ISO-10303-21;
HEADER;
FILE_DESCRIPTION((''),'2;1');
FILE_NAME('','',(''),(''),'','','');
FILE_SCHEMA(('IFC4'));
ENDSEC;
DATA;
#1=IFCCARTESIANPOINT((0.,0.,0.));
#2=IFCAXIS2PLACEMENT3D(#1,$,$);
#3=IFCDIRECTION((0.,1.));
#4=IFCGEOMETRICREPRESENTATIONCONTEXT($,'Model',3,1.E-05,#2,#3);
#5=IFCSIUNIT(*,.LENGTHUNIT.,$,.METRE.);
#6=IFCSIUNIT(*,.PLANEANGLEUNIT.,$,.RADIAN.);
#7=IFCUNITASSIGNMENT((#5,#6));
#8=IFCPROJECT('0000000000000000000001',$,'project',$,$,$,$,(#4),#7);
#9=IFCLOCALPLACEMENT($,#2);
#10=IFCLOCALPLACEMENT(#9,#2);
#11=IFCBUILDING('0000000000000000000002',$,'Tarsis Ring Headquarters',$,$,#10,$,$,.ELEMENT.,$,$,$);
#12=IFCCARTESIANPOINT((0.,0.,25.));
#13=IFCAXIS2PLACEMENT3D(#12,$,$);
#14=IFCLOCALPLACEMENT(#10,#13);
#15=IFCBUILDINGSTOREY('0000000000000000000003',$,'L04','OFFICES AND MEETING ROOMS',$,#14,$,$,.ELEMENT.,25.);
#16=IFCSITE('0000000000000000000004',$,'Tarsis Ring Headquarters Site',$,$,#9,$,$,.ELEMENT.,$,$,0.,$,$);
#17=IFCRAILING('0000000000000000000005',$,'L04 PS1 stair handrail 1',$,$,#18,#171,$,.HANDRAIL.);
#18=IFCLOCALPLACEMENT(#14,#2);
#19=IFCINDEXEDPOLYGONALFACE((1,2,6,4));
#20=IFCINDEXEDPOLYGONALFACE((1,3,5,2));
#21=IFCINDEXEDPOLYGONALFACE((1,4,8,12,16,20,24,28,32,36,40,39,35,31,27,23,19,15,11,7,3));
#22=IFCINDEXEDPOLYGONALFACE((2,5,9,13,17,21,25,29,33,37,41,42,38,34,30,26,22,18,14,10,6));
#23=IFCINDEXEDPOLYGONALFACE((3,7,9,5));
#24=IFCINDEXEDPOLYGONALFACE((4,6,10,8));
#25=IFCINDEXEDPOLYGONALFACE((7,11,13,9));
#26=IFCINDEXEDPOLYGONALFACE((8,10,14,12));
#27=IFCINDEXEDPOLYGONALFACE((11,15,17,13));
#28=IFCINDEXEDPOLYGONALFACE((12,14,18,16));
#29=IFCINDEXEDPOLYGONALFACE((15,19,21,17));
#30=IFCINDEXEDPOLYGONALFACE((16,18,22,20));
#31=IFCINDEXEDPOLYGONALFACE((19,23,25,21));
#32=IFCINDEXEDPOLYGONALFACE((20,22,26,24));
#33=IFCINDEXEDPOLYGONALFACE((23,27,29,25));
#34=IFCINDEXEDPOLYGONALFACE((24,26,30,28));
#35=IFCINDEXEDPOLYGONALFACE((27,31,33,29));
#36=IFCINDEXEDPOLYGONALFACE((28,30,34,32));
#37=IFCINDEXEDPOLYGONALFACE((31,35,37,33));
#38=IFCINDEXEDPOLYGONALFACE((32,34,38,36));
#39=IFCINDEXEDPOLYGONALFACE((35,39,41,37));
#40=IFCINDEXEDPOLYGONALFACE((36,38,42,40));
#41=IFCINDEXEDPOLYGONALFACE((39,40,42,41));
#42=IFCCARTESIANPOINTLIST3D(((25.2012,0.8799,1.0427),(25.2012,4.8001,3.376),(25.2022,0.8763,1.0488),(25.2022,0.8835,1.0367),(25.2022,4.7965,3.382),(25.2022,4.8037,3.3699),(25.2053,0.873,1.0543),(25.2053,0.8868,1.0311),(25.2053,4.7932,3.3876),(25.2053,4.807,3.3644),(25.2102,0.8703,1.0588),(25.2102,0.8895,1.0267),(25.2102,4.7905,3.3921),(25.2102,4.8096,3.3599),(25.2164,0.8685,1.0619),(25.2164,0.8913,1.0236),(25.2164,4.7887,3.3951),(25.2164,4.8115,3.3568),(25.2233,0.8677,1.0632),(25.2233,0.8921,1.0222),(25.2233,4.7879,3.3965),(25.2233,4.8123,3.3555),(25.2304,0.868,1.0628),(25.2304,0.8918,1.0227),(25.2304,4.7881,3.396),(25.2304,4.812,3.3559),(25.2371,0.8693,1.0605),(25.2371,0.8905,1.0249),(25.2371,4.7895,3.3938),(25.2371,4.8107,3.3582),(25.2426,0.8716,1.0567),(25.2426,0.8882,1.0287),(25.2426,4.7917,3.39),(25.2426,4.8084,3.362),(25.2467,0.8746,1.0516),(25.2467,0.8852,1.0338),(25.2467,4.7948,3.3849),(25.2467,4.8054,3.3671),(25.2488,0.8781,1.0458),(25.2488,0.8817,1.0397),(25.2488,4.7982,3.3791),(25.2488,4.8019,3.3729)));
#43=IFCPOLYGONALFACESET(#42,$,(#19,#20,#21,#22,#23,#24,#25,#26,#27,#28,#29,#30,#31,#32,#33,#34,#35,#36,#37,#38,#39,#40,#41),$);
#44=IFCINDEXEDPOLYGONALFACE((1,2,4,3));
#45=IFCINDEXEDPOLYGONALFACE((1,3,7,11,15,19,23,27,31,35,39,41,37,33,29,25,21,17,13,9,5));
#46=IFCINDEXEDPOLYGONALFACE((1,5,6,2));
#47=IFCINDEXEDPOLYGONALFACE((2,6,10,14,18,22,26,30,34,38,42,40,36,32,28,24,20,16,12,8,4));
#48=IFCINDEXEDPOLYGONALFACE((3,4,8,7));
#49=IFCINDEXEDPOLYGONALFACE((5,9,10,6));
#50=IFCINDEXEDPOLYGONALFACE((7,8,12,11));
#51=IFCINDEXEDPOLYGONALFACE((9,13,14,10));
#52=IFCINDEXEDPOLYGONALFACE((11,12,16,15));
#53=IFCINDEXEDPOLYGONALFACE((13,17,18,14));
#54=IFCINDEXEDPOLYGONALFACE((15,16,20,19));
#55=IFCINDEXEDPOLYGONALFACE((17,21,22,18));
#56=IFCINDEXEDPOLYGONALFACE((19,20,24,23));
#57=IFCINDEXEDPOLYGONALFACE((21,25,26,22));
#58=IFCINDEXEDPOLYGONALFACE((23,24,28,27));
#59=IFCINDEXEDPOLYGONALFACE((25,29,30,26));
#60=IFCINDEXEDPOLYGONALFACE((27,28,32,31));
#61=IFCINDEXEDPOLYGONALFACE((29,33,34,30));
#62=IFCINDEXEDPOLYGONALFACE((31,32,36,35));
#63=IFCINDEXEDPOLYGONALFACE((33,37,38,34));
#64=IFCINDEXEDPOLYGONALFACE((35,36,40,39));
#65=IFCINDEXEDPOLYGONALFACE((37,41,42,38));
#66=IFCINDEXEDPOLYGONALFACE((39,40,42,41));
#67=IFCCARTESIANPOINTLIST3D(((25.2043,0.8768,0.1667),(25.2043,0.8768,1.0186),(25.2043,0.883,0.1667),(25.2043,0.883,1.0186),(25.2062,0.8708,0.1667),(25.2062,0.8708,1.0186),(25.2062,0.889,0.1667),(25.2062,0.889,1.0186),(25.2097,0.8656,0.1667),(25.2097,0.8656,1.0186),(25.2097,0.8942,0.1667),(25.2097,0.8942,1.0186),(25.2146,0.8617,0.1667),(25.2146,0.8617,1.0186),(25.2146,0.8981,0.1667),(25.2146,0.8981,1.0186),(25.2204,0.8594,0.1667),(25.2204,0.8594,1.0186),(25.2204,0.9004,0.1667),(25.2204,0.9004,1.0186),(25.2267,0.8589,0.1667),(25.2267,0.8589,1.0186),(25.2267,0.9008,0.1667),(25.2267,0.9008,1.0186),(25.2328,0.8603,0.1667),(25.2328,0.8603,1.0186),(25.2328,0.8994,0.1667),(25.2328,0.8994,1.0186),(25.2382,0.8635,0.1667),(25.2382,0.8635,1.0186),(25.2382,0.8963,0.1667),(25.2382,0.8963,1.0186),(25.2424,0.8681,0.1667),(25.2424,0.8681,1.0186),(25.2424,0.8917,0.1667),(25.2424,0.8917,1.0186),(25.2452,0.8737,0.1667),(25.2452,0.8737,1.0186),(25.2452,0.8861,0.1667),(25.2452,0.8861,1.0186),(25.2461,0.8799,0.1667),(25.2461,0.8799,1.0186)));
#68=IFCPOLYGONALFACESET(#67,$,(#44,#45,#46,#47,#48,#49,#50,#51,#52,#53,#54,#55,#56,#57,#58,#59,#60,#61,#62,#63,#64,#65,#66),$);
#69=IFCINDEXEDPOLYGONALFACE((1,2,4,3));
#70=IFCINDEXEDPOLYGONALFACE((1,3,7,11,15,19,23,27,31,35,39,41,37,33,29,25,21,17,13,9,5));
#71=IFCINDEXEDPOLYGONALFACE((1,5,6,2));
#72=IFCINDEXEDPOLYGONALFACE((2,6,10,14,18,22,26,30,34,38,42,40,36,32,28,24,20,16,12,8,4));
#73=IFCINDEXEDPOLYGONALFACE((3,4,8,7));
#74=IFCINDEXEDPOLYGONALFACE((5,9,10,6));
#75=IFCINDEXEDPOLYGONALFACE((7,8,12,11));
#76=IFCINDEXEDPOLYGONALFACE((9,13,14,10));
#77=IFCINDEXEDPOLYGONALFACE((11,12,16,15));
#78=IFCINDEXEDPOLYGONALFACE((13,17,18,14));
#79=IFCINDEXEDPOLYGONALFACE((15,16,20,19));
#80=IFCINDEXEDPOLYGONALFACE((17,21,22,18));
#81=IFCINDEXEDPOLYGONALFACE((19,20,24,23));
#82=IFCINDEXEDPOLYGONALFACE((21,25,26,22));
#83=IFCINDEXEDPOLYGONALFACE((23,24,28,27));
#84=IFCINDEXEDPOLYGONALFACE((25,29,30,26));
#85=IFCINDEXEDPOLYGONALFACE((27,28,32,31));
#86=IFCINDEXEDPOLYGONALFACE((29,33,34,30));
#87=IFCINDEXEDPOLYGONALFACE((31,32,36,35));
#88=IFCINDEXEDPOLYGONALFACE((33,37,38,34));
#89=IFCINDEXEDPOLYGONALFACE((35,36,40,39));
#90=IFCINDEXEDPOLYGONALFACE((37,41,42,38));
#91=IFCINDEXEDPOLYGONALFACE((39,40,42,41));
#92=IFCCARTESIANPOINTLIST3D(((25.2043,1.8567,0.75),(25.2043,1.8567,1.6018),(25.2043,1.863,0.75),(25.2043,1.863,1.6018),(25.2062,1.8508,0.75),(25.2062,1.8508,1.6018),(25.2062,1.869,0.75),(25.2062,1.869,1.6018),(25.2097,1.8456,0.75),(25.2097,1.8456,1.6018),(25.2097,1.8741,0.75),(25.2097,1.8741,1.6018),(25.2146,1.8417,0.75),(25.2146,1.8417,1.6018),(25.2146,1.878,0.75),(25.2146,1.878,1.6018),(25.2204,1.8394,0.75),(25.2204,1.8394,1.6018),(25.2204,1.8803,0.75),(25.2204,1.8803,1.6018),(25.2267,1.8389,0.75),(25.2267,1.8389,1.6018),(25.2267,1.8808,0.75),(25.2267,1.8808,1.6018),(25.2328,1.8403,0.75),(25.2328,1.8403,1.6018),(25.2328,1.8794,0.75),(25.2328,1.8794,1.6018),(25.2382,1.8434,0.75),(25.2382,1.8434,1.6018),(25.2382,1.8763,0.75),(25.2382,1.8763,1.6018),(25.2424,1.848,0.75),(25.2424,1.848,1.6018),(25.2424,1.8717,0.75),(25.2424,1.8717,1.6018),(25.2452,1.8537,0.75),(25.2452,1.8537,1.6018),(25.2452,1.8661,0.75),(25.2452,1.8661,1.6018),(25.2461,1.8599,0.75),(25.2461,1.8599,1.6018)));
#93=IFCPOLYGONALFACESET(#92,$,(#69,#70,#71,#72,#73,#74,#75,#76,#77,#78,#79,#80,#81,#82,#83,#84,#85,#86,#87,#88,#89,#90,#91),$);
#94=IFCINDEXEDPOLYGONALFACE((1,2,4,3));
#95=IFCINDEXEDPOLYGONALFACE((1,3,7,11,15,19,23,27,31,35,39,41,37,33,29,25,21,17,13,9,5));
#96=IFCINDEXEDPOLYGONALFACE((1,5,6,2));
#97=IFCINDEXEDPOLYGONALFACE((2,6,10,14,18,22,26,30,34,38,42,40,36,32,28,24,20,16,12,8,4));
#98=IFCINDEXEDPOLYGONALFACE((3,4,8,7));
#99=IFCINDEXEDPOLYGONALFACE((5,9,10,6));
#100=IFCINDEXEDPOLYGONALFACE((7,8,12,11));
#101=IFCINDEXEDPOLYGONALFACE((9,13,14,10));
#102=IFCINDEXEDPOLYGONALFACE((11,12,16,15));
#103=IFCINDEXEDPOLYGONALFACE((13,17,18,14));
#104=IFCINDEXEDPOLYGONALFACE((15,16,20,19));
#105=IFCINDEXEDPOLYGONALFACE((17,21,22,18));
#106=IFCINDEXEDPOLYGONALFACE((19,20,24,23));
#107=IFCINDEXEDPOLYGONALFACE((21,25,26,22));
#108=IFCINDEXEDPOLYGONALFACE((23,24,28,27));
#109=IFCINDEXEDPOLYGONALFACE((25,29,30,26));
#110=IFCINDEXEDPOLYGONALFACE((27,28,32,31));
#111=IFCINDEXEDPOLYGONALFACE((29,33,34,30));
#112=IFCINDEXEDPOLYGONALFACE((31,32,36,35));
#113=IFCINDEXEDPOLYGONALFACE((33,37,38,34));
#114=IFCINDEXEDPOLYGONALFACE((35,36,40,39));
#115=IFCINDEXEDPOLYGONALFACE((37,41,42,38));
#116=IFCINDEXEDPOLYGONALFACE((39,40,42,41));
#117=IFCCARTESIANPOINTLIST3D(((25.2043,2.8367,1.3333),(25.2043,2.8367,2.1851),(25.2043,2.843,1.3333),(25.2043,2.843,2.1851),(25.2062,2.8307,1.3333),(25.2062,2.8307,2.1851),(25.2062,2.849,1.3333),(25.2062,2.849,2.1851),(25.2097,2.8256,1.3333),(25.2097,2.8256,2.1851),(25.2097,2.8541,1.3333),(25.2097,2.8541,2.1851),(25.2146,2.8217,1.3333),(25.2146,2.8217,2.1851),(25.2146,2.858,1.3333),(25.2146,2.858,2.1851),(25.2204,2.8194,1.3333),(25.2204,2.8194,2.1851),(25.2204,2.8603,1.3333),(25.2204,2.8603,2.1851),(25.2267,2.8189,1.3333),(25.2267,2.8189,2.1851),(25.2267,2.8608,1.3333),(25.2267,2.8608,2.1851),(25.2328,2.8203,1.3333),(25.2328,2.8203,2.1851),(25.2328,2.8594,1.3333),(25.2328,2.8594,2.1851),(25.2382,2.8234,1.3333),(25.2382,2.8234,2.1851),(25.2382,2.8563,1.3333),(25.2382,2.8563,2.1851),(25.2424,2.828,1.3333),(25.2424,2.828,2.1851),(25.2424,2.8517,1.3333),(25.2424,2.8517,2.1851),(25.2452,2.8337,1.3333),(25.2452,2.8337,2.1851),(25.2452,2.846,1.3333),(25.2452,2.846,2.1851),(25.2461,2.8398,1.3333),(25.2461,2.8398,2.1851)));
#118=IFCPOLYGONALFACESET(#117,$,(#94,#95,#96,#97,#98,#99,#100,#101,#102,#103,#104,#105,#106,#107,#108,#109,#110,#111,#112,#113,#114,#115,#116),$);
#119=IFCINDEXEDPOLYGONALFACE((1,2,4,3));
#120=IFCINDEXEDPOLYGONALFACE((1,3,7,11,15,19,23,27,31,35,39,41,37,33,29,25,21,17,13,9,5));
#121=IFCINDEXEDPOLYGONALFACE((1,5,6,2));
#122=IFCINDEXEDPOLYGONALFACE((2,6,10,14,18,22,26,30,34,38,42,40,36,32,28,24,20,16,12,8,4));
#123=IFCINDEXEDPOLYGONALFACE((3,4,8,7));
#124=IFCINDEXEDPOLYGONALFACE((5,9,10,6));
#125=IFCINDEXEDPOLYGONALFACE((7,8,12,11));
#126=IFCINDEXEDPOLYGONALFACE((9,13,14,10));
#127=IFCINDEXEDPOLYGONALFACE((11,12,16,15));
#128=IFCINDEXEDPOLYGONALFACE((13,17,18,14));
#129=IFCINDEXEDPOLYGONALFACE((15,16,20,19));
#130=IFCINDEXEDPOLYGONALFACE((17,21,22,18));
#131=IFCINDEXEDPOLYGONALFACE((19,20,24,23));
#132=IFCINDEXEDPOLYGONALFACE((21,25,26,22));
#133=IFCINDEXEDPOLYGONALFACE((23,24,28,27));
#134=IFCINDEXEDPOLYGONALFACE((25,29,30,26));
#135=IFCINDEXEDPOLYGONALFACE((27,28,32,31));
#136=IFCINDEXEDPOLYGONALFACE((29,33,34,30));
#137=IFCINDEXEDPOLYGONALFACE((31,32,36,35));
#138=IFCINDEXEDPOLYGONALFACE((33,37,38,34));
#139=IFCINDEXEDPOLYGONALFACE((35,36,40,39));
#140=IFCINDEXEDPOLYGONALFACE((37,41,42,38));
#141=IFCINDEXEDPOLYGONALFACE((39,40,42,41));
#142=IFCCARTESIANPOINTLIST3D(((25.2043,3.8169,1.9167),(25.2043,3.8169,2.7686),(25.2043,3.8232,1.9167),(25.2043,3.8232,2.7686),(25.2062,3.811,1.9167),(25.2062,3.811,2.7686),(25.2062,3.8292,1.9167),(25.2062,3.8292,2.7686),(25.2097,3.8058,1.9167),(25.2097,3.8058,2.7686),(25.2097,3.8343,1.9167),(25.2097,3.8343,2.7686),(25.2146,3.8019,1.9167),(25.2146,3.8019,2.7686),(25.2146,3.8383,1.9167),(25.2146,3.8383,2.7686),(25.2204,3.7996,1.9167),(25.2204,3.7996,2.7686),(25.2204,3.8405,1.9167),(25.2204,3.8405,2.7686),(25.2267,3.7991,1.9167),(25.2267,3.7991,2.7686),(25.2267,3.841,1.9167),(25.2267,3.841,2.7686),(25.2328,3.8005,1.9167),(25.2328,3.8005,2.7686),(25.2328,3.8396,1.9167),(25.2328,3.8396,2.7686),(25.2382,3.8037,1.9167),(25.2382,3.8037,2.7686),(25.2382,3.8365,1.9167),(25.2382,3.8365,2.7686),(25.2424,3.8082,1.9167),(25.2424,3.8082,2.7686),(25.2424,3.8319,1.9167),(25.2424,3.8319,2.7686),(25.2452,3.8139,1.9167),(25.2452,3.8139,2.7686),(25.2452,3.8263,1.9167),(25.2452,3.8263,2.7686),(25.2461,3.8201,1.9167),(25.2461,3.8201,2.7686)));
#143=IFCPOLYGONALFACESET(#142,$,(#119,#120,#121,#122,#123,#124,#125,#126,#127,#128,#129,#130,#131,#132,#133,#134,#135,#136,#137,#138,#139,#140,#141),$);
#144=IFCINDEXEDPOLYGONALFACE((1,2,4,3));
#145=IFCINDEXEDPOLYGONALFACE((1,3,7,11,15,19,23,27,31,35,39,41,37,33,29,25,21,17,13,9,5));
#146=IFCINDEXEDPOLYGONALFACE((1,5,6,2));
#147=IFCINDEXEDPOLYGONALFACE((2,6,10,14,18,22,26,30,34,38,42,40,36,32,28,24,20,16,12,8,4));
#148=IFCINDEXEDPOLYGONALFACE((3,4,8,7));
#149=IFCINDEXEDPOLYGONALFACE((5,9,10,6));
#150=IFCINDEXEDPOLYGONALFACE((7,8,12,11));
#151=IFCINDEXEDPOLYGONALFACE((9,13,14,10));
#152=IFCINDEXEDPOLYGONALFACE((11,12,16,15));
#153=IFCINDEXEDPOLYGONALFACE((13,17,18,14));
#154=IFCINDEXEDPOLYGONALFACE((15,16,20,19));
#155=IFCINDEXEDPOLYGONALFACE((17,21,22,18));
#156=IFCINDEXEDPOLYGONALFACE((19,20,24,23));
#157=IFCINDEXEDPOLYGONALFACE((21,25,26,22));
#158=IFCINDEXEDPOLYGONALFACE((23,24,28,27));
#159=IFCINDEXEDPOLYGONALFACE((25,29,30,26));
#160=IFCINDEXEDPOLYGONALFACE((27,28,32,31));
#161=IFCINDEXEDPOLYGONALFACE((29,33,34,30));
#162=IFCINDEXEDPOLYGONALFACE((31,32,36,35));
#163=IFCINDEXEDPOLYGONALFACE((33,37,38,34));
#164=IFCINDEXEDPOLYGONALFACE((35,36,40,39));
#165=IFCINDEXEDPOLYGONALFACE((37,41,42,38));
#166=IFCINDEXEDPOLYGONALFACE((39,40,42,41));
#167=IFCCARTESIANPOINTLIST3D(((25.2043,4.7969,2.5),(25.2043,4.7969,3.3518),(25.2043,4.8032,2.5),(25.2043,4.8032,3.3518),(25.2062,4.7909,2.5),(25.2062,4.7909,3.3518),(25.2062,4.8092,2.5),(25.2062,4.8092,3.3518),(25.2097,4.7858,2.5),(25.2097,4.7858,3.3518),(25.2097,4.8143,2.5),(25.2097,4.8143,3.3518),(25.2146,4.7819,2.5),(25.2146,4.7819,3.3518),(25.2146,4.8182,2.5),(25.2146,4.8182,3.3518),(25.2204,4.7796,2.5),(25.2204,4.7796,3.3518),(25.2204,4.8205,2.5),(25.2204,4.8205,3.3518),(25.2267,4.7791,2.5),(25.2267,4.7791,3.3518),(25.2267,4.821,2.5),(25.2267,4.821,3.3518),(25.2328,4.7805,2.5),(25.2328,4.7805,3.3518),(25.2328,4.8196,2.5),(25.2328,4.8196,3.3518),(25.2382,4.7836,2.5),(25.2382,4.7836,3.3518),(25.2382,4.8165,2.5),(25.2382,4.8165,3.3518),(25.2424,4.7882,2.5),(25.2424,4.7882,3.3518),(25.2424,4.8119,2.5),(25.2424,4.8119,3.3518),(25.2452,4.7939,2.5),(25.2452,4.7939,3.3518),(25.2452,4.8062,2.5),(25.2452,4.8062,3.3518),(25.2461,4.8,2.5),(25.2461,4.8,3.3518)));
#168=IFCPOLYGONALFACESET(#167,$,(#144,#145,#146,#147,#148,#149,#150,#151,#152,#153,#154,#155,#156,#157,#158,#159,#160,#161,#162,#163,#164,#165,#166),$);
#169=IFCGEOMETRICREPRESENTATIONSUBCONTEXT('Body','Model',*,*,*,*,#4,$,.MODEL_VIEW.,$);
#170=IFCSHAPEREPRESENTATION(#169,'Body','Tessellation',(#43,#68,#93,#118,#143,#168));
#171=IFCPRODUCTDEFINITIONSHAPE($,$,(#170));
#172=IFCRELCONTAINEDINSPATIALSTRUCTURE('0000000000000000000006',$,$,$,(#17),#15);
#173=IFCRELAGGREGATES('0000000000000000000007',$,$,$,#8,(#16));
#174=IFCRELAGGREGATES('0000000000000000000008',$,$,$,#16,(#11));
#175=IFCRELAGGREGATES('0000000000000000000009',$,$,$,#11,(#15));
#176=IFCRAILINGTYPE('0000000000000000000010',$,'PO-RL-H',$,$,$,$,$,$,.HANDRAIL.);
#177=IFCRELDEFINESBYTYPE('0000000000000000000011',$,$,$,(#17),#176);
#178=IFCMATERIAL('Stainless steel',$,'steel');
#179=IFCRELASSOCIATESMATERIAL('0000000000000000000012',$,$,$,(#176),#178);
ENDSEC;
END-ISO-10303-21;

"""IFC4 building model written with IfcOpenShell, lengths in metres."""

from ifc_helpers import new_model, si_unit, direction, frame, origin, origin_2d, place, context, subcontext, project, spatial, circle, extrude, material, type_object, element, save


model = new_model("IFC4")

# Units and contexts
model_context = context("Model", 3, precision=1e-05, world=origin(), true_north=direction((0.0, 1.0)))
body_context = subcontext(model_context, "Body", "Model", "MODEL_VIEW")
ifc_project = project(units=[si_unit("LENGTHUNIT", "METRE"), si_unit("PLANEANGLEUNIT", "RADIAN")], contexts=[model_context])

# Site, building, storey
site_placement = place(None, origin())
site = spatial("IfcSite", under=ifc_project, at=site_placement, Name="Tarsis Ring Headquarters Site", CompositionType="ELEMENT", RefElevation=0.0)
building_placement = place(site_placement, origin())
building = spatial("IfcBuilding", under=site, at=building_placement, Name="Tarsis Ring Headquarters", CompositionType="ELEMENT")
storey_placement = place(building_placement, frame((0.0, 0.0, 25.0)))
storey = spatial("IfcBuildingStorey", under=building, at=storey_placement, Name="L04", Description="OFFICES AND MEETING ROOMS", CompositionType="ELEMENT", Elevation=25.0)

# Railing
ifc_material_1 = material(Name="Stainless steel", Category="steel")
railing_type_1 = type_object("IfcRailingType", Name="PO-RL-H", PredefinedType="HANDRAIL", material=ifc_material_1)
railing_1_placement = place(storey_placement, frame((25.2251, 0.8799, 0.1667)))
element("IfcRailing", 1, at=railing_1_placement, inside=storey, type_object=railing_type_1, Name="L04 PS1 stair handrail 1", PredefinedType="HANDRAIL", context=body_context, shape_type="SweptSolid", body=[
    extrude(circle(Radius=0.0239, at=origin_2d()), frame((0.0, 0.0, 0.876), z_axis=(0.0, 0.85931, 0.511455), x_axis=(-1.0, 0.0, 0.0)), (0.0, 0.0, 1.0), 4.562),
    extrude(circle(Radius=0.021, at=origin_2d()), origin(), (0.0, 0.0, 1.0), 0.8518),
    extrude(circle(Radius=0.021, at=origin_2d()), frame((0.0, 0.98, 0.5833)), (0.0, 0.0, 1.0), 0.8518),
    extrude(circle(Radius=0.021, at=origin_2d()), frame((0.0, 1.96, 1.1665)), (0.0, 0.0, 1.0), 0.8518),
    extrude(circle(Radius=0.021, at=origin_2d()), frame((0.0, 2.9402, 1.75)), (0.0, 0.0, 1.0), 0.8518),
    extrude(circle(Radius=0.021, at=origin_2d()), frame((0.0, 3.9202, 2.3333)), (0.0, 0.0, 1.0), 0.8518),
])

save(model, "model.ifc")
